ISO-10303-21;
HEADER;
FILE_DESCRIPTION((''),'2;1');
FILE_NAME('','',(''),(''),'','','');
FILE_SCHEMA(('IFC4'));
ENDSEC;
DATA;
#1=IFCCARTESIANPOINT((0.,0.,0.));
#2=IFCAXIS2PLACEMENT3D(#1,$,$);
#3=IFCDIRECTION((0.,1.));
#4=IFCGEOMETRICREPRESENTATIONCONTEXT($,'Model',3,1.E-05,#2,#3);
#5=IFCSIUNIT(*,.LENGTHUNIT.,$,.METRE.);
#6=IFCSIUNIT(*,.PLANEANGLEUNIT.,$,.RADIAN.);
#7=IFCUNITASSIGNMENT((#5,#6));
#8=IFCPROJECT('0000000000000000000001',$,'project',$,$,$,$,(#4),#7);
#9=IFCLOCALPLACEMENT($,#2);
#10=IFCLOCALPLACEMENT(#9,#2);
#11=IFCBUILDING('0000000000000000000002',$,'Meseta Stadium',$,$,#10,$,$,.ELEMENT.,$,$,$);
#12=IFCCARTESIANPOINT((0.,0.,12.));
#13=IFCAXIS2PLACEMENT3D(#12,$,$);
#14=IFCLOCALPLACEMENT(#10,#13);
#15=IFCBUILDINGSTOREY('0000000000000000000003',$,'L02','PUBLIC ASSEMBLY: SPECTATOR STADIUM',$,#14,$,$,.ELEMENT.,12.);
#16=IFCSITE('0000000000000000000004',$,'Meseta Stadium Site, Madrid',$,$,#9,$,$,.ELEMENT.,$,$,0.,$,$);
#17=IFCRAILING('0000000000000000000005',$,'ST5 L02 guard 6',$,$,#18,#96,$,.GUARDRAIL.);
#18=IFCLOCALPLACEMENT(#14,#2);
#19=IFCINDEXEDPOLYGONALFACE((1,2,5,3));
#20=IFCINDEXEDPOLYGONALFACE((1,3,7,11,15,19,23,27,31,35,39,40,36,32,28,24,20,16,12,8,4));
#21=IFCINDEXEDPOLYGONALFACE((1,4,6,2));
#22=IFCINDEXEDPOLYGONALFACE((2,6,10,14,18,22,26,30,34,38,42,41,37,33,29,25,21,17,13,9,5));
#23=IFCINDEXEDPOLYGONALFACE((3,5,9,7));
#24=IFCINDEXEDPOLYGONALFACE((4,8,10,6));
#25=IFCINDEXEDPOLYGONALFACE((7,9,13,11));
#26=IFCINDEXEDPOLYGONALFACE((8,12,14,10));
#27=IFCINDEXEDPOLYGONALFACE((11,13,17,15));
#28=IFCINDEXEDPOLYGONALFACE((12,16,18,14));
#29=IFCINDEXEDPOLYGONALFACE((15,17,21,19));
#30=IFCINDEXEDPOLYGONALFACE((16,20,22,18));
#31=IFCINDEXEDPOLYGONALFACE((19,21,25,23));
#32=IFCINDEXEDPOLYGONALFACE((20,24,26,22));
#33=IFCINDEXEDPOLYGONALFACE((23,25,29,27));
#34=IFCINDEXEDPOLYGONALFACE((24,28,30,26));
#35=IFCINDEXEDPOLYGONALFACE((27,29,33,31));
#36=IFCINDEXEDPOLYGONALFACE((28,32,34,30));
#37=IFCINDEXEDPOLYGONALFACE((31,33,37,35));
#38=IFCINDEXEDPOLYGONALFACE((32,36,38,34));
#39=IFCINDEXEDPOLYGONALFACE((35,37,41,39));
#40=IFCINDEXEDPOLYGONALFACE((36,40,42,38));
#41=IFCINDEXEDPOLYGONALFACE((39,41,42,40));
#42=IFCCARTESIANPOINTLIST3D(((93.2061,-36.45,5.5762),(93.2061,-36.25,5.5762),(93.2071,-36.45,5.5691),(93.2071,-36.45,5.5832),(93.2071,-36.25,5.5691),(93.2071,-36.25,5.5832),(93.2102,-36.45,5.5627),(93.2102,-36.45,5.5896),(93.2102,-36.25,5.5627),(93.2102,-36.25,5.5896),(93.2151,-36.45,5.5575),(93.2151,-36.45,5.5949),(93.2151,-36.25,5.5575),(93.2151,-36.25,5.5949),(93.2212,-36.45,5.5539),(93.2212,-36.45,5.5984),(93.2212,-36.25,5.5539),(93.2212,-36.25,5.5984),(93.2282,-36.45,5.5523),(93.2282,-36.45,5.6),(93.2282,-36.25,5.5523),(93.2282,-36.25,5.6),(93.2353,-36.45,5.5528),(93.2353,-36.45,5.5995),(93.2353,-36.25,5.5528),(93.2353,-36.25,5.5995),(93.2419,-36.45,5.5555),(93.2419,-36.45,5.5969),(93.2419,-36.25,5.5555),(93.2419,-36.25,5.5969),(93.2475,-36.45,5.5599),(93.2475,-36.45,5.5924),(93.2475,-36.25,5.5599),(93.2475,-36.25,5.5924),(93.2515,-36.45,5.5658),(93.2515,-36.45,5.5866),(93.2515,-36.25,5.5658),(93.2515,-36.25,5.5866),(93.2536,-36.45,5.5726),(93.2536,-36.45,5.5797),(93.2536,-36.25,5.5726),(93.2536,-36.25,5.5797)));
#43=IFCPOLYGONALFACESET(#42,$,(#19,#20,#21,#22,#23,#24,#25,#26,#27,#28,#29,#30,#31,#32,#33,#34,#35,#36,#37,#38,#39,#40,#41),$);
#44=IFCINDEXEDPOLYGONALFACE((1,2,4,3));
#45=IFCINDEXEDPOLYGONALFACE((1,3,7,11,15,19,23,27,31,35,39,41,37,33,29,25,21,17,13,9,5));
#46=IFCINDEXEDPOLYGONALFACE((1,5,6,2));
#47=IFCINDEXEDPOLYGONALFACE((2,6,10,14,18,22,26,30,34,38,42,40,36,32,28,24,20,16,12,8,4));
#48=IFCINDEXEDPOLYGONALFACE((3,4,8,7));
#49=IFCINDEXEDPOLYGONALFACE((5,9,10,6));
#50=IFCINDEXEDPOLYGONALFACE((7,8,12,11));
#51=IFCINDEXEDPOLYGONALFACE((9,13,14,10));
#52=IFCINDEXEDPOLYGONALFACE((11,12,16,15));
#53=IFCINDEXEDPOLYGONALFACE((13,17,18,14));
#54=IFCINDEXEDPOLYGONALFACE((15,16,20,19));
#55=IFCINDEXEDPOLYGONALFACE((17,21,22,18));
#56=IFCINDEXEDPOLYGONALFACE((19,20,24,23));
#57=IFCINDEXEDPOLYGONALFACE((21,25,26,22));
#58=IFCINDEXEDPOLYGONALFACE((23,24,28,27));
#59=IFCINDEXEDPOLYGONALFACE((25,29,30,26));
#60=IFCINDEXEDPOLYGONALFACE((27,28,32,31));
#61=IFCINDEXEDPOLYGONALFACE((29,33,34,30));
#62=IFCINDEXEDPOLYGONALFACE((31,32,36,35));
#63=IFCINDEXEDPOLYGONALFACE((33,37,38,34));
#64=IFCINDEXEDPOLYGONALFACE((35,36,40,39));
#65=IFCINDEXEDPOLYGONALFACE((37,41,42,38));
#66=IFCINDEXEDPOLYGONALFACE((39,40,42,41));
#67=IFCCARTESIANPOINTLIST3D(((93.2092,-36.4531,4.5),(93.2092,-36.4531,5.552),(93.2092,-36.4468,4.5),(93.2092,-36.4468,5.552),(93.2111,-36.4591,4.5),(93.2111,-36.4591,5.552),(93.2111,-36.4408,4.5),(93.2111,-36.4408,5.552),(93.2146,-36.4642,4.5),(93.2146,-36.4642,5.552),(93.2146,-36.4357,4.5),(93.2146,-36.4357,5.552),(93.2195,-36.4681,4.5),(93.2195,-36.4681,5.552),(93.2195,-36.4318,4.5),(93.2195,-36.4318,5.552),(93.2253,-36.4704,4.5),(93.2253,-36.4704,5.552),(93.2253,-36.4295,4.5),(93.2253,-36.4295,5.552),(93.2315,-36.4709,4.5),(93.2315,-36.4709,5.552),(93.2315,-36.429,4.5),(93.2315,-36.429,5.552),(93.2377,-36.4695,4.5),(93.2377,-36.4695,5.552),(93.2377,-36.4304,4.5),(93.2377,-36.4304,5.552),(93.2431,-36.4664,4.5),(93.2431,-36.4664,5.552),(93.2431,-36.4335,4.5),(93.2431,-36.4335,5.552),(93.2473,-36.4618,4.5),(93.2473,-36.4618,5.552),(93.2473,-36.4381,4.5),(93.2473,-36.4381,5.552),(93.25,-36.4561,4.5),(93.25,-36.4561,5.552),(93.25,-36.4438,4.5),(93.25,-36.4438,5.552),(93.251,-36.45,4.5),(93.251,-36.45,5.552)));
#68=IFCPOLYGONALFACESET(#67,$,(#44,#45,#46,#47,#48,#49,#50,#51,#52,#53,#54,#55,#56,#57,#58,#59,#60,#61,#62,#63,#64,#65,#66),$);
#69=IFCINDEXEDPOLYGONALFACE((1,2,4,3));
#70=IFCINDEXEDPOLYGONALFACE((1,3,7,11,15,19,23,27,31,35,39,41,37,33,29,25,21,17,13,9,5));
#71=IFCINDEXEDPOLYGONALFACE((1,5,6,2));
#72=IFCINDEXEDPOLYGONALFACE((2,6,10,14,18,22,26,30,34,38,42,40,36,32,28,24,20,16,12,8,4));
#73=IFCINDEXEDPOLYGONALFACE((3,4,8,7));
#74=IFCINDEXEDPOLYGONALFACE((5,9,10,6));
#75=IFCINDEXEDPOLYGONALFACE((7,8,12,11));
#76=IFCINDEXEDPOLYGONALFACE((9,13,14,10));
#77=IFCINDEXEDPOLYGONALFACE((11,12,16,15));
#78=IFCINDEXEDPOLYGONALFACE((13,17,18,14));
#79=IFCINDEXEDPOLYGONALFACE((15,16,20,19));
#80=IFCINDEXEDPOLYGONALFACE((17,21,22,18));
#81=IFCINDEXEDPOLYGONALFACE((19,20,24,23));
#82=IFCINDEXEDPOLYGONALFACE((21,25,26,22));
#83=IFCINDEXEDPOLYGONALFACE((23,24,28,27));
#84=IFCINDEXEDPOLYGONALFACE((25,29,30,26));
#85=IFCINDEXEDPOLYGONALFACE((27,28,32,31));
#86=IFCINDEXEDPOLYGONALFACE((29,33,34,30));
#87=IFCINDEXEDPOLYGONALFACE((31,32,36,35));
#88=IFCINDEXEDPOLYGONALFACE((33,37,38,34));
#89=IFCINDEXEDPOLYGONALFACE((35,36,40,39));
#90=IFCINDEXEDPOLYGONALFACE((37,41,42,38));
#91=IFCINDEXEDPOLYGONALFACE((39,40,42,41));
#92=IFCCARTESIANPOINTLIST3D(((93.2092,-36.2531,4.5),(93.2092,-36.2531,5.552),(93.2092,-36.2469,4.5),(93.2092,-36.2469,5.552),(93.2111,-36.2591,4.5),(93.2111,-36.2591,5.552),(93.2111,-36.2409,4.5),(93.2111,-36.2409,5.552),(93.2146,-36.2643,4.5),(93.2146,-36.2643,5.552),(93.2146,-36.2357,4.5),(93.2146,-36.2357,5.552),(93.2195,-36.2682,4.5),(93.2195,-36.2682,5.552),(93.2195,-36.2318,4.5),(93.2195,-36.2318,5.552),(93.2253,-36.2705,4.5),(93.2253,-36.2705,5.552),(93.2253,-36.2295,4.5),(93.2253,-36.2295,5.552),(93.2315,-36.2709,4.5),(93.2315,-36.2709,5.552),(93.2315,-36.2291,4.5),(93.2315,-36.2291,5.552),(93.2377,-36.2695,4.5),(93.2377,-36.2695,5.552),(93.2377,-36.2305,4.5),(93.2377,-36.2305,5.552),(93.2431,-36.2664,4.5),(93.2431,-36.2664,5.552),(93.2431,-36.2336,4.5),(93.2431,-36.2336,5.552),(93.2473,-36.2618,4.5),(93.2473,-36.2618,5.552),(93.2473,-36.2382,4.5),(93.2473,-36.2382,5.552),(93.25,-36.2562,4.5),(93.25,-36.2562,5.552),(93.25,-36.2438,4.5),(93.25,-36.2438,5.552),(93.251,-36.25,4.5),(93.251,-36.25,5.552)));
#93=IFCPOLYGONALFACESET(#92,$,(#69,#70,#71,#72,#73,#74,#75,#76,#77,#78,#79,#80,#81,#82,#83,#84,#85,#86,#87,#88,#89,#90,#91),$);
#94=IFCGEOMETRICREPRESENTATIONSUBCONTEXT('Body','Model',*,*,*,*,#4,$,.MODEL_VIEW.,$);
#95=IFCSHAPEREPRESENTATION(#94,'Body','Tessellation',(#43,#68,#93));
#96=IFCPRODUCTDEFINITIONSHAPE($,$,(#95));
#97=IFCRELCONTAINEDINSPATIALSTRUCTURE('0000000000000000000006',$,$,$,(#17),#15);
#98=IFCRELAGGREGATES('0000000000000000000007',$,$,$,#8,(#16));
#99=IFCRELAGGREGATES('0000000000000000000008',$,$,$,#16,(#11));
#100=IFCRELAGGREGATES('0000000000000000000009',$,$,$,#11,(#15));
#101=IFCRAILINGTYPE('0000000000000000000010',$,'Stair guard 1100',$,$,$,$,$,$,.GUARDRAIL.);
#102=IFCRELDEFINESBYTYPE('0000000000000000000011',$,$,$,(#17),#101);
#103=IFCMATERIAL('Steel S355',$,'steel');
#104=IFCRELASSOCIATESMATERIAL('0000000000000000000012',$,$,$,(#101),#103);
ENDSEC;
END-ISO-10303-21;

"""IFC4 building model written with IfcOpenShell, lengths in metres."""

from ifc_helpers import new_model, si_unit, direction, frame, origin, origin_2d, place, context, subcontext, project, spatial, circle, extrude, material, type_object, element, save


model = new_model("IFC4")

# Units and contexts
model_context = context("Model", 3, precision=1e-05, world=origin(), true_north=direction((0.0, 1.0)))
body_context = subcontext(model_context, "Body", "Model", "MODEL_VIEW")
ifc_project = project(units=[si_unit("LENGTHUNIT", "METRE"), si_unit("PLANEANGLEUNIT", "RADIAN")], contexts=[model_context])

# Site, building, storey
site_placement = place(None, origin())
site = spatial("IfcSite", under=ifc_project, at=site_placement, Name="Meseta Stadium Site, Madrid", CompositionType="ELEMENT", RefElevation=0.0)
building_placement = place(site_placement, origin())
building = spatial("IfcBuilding", under=site, at=building_placement, Name="Meseta Stadium", CompositionType="ELEMENT")
storey_placement = place(building_placement, frame((0.0, 0.0, 12.0)))
storey = spatial("IfcBuildingStorey", under=building, at=storey_placement, Name="L02", Description="PUBLIC ASSEMBLY: SPECTATOR STADIUM", CompositionType="ELEMENT", Elevation=12.0)

# Railing
ifc_material_1 = material(Name="Steel S355", Category="steel")
railing_type_1 = type_object("IfcRailingType", Name="Stair guard 1100", PredefinedType="GUARDRAIL", material=ifc_material_1)
railing_1_placement = place(storey_placement, frame((93.23, -36.45, 4.5)))
element("IfcRailing", 1, at=railing_1_placement, inside=storey, type_object=railing_type_1, Name="ST5 L02 guard 6", PredefinedType="GUARDRAIL", context=body_context, shape_type="SweptSolid", body=[
    extrude(circle(Radius=0.0239, at=origin_2d()), frame((0.0, 0.0, 1.0762), z_axis=(0.0, 1.0, 0.0), x_axis=(-1.0, 0.0, 0.0)), (0.0, 0.0, 1.0), 0.2),
    extrude(circle(Radius=0.021, at=origin_2d()), origin(), (0.0, 0.0, 1.0), 1.052),
    extrude(circle(Radius=0.021, at=origin_2d()), frame((0.0, 0.2, 0.0)), (0.0, 0.0, 1.0), 1.052),
])

save(model, "model.ifc")
